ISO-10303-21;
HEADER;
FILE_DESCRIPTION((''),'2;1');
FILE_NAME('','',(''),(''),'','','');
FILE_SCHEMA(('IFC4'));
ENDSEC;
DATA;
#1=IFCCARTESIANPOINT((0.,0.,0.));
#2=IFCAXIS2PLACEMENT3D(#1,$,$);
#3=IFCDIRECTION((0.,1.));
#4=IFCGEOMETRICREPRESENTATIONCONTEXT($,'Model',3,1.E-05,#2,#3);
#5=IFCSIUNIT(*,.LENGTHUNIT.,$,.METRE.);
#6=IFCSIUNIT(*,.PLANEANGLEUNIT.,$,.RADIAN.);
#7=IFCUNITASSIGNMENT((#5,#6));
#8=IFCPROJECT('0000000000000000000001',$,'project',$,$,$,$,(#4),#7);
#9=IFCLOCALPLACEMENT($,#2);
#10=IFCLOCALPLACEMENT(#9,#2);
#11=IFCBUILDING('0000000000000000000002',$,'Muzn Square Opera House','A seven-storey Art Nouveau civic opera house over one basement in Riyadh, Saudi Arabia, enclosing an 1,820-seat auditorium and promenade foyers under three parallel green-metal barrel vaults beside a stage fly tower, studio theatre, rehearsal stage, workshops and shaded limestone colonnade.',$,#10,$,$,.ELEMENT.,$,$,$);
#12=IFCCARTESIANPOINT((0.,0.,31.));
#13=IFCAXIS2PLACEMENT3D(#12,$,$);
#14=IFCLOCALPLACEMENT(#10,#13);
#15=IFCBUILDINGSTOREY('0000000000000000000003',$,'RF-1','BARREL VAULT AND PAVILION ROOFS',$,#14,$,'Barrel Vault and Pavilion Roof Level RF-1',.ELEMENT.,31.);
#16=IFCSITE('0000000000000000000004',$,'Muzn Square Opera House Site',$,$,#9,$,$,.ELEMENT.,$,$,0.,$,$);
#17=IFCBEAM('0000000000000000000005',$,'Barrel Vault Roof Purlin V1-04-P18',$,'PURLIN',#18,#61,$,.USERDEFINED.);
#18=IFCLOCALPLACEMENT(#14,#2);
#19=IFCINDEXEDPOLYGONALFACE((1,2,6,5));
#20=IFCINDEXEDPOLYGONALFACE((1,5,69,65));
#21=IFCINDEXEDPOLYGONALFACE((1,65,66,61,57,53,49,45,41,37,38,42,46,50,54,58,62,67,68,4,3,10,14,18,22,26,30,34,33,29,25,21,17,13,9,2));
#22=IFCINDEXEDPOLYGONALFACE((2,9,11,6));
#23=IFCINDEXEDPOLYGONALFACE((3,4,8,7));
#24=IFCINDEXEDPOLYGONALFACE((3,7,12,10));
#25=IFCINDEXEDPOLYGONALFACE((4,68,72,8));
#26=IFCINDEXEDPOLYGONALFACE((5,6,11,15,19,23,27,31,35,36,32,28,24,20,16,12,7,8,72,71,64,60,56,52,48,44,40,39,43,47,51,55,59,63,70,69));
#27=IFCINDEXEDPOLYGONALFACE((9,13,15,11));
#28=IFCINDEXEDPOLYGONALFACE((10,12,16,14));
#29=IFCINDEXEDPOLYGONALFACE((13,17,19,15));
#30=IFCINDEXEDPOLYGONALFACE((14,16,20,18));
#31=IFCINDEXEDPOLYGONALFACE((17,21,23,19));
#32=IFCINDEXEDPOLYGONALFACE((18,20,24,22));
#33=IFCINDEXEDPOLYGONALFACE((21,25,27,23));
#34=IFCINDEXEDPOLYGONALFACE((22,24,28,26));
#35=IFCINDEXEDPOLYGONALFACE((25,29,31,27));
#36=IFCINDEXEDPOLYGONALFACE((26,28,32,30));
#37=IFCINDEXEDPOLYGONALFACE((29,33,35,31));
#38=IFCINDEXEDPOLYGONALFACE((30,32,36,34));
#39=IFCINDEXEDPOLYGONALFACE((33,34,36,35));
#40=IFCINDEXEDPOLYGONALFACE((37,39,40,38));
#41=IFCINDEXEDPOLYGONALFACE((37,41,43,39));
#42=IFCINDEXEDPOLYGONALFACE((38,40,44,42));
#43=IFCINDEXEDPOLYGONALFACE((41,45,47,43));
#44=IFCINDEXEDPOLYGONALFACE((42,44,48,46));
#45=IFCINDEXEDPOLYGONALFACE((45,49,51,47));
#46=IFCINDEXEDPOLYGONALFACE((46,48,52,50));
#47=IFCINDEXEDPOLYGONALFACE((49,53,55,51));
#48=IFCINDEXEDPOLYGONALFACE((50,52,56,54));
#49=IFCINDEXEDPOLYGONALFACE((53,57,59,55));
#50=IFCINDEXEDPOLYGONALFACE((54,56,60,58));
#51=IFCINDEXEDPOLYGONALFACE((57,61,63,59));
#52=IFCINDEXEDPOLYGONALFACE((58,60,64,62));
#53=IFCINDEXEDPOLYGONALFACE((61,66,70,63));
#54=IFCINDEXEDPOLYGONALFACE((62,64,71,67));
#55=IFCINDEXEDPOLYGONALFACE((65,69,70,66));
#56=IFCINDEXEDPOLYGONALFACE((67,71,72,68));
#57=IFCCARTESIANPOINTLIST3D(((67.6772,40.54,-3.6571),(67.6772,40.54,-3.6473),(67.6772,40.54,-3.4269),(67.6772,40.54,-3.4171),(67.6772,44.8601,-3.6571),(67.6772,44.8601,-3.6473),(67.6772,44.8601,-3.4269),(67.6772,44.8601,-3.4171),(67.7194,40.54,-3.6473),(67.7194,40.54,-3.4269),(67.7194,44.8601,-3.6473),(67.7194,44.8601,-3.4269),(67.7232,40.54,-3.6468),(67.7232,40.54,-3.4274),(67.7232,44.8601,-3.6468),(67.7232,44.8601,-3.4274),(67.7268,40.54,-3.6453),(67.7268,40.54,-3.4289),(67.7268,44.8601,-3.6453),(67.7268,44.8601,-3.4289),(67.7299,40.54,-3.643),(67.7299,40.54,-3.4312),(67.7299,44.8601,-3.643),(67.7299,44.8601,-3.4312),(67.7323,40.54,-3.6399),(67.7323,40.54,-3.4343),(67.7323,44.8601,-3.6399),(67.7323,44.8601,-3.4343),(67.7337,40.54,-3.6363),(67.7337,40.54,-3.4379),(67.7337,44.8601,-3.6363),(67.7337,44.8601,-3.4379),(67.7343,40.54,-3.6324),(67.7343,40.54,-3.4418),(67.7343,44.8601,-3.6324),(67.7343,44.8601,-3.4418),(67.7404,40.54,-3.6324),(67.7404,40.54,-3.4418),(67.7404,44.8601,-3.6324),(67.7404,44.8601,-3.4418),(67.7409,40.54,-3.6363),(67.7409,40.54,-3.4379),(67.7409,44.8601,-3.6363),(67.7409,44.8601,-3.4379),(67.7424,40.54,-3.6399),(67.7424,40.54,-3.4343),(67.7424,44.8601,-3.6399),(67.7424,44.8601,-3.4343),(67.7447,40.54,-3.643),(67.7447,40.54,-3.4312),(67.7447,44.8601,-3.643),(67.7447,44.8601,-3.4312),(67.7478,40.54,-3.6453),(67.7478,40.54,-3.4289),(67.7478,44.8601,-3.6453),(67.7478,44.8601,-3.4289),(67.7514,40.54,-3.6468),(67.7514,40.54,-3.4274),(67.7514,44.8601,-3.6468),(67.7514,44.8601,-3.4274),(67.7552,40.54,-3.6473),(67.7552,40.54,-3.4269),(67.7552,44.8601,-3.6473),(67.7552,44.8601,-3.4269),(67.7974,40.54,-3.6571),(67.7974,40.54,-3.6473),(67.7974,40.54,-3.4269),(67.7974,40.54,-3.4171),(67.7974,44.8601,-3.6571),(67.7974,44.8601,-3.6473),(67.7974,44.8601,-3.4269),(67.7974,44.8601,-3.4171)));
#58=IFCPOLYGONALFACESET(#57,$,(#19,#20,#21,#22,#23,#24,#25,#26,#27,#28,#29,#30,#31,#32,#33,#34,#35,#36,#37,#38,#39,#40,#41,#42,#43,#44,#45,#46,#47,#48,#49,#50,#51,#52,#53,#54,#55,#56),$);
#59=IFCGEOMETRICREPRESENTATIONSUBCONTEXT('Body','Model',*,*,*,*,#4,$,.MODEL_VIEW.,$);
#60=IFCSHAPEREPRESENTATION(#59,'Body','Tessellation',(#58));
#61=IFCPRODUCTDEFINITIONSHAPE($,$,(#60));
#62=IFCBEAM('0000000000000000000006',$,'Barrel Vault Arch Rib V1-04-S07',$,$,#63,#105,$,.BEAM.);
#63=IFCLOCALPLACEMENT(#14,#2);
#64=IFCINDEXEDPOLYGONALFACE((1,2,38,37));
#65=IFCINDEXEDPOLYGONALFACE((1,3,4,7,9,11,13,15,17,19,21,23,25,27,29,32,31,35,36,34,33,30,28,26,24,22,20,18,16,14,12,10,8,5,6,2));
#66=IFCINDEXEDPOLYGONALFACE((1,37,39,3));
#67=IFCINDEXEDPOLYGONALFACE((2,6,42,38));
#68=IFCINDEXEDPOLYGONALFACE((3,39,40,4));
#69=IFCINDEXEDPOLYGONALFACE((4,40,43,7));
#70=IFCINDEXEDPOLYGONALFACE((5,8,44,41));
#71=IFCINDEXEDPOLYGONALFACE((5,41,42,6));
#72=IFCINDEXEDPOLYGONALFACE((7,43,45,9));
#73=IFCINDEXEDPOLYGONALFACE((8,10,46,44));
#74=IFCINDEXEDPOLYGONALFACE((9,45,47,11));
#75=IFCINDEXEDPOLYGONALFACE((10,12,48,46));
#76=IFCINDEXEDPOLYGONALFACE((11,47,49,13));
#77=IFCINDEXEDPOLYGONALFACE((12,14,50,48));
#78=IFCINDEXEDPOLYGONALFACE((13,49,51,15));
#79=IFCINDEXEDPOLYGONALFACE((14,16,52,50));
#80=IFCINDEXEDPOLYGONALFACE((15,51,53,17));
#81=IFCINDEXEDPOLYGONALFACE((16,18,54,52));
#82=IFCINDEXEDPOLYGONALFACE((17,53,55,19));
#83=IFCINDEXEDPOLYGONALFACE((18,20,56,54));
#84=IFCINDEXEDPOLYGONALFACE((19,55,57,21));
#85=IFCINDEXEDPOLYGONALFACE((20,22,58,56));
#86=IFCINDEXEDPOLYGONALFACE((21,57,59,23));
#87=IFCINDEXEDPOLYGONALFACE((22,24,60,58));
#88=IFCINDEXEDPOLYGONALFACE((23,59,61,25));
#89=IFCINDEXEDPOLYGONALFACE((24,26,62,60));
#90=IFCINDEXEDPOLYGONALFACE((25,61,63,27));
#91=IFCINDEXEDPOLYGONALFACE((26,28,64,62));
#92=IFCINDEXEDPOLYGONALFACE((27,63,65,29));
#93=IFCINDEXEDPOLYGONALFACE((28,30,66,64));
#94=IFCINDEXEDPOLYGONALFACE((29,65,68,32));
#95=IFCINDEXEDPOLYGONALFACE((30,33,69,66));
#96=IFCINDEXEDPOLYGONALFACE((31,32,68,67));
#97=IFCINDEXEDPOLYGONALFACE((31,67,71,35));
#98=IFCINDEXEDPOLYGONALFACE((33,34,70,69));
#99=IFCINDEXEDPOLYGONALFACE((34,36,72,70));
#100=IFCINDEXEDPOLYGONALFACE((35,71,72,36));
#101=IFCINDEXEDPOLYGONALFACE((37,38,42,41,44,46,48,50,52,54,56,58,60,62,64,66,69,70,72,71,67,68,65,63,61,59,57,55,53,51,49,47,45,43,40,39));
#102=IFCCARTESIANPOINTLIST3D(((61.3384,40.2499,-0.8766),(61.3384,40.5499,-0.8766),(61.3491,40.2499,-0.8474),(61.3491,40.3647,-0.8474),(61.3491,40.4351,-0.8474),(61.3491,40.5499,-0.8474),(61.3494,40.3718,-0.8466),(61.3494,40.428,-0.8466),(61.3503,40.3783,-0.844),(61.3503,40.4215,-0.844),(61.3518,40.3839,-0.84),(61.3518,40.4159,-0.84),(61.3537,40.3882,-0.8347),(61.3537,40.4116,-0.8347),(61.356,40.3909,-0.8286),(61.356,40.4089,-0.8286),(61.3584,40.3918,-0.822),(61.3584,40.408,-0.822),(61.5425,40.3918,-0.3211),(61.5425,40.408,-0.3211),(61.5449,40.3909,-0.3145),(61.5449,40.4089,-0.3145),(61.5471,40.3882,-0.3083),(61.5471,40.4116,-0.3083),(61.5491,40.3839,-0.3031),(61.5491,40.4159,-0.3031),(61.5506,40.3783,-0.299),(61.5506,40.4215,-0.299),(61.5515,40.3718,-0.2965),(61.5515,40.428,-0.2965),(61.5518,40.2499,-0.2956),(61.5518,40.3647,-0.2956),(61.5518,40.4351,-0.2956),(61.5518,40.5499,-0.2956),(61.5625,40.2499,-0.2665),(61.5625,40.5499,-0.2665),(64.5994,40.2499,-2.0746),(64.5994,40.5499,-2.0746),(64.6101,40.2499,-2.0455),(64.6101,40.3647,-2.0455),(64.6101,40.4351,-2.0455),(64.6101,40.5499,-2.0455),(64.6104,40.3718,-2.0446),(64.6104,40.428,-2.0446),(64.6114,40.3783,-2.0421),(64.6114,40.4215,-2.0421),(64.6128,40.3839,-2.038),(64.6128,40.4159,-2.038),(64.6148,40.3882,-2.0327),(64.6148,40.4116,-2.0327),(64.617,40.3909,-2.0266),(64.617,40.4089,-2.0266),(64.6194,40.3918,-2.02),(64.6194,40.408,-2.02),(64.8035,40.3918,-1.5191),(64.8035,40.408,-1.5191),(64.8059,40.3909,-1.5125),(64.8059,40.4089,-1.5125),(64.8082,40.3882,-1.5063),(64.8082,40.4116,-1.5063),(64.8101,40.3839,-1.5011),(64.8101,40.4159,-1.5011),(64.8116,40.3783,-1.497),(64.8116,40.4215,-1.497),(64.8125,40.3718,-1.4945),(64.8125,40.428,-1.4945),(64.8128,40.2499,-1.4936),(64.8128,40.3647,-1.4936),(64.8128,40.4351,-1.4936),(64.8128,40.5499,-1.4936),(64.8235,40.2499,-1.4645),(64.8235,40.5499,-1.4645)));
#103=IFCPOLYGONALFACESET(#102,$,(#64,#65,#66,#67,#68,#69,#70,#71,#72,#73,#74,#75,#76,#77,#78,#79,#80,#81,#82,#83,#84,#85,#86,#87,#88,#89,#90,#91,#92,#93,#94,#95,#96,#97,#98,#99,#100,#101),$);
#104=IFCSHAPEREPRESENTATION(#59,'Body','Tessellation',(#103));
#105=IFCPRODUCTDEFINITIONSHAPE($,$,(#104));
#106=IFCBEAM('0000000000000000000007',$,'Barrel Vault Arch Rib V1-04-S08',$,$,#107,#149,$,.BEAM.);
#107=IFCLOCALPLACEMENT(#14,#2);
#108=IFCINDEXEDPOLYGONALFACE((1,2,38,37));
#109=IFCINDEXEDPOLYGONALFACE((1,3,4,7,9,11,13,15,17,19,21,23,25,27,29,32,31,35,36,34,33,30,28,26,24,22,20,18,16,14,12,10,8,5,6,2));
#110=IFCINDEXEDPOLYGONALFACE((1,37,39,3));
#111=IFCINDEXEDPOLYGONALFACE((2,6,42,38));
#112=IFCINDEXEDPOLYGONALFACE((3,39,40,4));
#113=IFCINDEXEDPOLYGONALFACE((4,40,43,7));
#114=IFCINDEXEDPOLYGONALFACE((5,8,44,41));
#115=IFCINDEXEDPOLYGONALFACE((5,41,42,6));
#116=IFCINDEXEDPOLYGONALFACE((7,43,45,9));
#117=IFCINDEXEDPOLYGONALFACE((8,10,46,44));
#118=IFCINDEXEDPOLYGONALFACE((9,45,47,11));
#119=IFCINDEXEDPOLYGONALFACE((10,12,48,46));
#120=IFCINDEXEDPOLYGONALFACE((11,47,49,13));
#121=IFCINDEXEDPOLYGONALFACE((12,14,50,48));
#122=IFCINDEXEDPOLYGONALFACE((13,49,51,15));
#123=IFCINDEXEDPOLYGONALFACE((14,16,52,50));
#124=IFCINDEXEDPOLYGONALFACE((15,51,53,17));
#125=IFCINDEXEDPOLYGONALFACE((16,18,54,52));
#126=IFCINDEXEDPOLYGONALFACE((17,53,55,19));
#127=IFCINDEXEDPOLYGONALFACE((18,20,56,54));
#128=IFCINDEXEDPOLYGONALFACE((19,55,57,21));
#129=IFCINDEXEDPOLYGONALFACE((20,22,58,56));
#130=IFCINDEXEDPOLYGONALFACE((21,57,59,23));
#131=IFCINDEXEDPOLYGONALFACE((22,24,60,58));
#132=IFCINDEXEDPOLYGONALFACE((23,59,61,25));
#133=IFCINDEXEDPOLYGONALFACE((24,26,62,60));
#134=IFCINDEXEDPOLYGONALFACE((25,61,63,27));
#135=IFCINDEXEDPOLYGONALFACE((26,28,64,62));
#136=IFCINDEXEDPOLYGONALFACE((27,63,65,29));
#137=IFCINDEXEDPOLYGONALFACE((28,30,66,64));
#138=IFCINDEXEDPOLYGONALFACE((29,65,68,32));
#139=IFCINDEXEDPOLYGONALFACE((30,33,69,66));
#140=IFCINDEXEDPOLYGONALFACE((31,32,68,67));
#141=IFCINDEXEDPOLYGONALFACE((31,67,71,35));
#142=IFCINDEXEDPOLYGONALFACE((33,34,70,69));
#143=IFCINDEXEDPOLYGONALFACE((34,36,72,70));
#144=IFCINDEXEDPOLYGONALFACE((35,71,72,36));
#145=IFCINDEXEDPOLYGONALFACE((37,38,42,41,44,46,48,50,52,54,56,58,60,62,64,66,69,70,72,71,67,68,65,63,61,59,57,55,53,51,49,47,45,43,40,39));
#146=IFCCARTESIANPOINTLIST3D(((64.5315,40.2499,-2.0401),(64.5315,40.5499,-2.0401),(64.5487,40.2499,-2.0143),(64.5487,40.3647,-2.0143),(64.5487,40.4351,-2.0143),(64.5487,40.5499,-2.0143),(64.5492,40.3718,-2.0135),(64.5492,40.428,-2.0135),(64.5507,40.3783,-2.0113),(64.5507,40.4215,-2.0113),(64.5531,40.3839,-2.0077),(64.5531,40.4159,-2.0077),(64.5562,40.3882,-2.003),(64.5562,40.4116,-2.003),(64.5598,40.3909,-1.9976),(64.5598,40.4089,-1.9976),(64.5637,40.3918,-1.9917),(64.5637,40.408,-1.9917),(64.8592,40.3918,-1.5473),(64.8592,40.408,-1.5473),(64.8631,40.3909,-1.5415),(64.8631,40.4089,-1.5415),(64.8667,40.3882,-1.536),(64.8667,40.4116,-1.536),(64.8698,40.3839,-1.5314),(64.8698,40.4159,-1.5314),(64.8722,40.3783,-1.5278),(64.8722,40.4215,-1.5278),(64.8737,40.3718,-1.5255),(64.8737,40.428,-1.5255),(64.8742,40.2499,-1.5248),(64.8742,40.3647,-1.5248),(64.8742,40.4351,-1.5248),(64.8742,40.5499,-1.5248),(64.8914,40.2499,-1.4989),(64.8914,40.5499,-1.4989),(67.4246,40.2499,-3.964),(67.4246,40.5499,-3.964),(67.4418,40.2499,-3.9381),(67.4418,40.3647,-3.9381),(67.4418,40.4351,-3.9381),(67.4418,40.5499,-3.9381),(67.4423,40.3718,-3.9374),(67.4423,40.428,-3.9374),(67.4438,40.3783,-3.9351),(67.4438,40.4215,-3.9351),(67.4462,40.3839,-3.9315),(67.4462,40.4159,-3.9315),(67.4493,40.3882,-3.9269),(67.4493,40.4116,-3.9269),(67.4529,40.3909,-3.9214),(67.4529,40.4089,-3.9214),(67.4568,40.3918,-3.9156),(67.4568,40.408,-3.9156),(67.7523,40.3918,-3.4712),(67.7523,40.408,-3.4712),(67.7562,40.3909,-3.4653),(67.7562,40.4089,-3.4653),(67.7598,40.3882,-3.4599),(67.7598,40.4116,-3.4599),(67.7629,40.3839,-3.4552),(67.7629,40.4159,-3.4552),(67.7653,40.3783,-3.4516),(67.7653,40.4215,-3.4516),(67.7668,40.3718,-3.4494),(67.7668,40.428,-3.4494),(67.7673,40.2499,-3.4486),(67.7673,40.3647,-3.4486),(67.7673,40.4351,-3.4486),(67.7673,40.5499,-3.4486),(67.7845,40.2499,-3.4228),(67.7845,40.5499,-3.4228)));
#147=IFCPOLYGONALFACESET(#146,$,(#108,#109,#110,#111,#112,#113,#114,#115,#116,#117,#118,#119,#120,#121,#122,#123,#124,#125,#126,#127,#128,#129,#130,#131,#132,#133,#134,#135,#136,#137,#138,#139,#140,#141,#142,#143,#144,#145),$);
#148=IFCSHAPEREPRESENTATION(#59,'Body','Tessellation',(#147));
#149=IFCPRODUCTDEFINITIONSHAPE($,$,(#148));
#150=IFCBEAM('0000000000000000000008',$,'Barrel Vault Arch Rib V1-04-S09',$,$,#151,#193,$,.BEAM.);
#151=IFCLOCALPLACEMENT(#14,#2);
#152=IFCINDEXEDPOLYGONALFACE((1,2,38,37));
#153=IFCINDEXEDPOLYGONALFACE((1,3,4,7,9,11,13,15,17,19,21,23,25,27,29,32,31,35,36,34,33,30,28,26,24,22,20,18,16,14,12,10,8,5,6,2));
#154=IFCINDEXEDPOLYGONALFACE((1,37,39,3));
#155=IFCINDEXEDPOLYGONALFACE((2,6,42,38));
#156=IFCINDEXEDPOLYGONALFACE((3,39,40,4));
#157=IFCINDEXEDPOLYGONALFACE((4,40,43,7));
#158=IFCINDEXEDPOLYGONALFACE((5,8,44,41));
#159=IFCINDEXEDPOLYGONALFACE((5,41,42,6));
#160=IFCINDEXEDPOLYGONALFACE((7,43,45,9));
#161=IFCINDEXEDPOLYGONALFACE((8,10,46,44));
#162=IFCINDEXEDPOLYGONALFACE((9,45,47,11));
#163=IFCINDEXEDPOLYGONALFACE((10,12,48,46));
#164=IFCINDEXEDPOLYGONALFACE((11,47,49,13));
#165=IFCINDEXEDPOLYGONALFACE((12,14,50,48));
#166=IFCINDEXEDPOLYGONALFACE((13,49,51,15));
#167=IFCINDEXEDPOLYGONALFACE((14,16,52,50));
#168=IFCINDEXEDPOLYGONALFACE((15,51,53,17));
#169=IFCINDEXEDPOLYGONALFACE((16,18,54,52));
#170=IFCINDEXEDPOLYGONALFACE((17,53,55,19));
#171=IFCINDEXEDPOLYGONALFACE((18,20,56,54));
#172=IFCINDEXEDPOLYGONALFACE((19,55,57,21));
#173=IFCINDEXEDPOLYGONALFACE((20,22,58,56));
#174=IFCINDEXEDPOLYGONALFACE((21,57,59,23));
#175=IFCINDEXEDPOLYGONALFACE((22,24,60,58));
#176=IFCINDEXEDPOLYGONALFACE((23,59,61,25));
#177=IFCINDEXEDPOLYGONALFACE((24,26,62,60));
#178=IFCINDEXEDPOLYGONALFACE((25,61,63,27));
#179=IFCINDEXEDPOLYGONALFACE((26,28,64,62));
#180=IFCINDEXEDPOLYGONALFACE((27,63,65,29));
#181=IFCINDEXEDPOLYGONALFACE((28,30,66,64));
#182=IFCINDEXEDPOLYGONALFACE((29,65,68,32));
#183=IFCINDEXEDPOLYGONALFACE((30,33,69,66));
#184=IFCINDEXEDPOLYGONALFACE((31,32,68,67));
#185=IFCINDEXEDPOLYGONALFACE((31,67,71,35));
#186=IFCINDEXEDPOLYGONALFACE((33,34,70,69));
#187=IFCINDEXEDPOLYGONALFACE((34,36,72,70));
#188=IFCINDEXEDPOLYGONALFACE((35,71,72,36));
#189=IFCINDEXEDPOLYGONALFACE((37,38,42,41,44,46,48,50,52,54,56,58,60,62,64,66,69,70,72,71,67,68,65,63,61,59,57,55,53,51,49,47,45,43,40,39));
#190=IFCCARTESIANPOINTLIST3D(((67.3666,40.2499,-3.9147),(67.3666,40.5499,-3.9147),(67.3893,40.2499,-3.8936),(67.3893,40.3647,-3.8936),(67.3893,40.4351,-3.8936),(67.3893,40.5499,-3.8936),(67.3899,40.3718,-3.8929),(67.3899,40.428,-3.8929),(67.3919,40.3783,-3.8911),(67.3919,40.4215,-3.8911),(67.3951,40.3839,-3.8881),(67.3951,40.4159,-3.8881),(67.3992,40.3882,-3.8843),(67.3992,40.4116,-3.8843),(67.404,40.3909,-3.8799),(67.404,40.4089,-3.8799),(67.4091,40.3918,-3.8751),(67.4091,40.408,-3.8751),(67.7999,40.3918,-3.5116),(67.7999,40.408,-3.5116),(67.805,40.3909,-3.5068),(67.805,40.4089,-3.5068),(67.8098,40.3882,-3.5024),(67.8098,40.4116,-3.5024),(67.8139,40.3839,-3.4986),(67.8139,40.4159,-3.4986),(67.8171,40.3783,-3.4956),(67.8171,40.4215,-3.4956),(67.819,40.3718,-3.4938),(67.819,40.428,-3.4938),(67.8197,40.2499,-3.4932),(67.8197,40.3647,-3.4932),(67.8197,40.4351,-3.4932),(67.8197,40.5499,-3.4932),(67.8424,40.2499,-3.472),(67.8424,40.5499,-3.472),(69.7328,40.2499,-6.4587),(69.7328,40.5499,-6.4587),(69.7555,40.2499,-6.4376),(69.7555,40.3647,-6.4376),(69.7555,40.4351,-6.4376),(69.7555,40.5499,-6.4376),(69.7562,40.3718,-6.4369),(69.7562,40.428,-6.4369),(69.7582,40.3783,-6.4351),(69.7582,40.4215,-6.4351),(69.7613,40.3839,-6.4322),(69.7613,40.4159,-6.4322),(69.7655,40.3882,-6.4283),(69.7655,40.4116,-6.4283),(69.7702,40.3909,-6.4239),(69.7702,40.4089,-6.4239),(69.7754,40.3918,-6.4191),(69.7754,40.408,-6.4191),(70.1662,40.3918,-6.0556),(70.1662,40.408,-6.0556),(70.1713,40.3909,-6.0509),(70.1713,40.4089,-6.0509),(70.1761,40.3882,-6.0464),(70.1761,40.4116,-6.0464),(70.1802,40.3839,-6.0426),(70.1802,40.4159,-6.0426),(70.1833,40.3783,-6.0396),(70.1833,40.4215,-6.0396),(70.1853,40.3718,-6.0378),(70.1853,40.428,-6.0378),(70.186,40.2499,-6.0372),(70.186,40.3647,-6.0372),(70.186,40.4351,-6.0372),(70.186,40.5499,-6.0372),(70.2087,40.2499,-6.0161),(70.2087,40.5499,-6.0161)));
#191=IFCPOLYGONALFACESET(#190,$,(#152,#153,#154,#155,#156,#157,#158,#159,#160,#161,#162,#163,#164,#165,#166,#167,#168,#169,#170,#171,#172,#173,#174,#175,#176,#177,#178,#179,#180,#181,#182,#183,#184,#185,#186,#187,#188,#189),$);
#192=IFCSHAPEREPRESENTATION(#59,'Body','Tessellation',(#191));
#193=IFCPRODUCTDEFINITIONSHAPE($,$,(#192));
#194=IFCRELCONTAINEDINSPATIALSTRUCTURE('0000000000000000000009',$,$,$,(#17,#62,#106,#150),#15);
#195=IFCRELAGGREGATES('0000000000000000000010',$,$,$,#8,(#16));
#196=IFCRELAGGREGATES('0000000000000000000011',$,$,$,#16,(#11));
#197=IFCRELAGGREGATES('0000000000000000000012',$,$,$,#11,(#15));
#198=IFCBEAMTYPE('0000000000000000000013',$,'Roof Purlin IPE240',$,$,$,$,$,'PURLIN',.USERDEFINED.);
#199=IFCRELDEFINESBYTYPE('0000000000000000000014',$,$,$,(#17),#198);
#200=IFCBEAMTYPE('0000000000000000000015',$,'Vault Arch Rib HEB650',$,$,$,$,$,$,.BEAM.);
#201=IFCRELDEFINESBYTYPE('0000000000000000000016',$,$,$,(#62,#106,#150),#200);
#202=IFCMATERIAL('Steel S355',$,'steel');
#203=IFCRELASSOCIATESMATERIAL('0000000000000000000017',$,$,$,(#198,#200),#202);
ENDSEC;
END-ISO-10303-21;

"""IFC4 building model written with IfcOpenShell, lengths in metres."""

from ifc_helpers import new_model, si_unit, direction, frame, origin, origin_2d, place, context, subcontext, project, spatial, i_section, extrude, material, material_profile, profile_set, type_object, element, save


model = new_model("IFC4")

# Units and contexts
model_context = context("Model", 3, precision=1e-05, world=origin(), true_north=direction((0.0, 1.0)))
body_context = subcontext(model_context, "Body", "Model", "MODEL_VIEW")
ifc_project = project(units=[si_unit("LENGTHUNIT", "METRE"), si_unit("PLANEANGLEUNIT", "RADIAN")], contexts=[model_context])

# Site, building, storey
site_placement = place(None, origin())
site = spatial("IfcSite", under=ifc_project, at=site_placement, Name="Muzn Square Opera House Site", CompositionType="ELEMENT", RefElevation=0.0)
building_placement = place(site_placement, origin())
building = spatial("IfcBuilding", under=site, at=building_placement, Name="Muzn Square Opera House", Description="A seven-storey Art Nouveau civic opera house over one basement in Riyadh, Saudi Arabia, enclosing an 1,820-seat auditorium and promenade foyers under three parallel green-metal barrel vaults beside a stage fly tower, studio theatre, rehearsal stage, workshops and shaded limestone colonnade.", CompositionType="ELEMENT")
storey_placement = place(building_placement, frame((0.0, 0.0, 31.0)))
storey = spatial("IfcBuildingStorey", under=building, at=storey_placement, Name="RF-1", Description="BARREL VAULT AND PAVILION ROOFS", LongName="Barrel Vault and Pavilion Roof Level RF-1", CompositionType="ELEMENT", Elevation=31.0)

# Beams
ifc_material_1 = material(Name="Steel S355", Category="steel")
ifc_material_profile_1 = material_profile(ifc_material_1, i_section(OverallWidth=0.1201, OverallDepth=0.24, WebThickness=0.0061, FlangeThickness=0.0098, FilletRadius=0.0149, at=origin_2d()), Name="IPE 240", Category="steel")
ifc_profile_set_1 = profile_set([ifc_material_profile_1], Name="Steel S355")
beam_type_1 = type_object("IfcBeamType", Name="Roof Purlin IPE240", ElementType="PURLIN", PredefinedType="USERDEFINED", material=ifc_profile_set_1)
for number, where, z_axis, x_axis, name in (
    (1, (67.7373, 40.54, -3.5371), (0.0, 1.0, 0.0), (-1.0, 0.0, 0.0), "Barrel Vault Roof Purlin V1-04-P18"),
):
    element("IfcBeam", number, at=place(storey_placement, frame(where, z_axis=z_axis, x_axis=x_axis)), inside=storey, type_object=beam_type_1, Name=name, ObjectType="PURLIN", PredefinedType="USERDEFINED", context=body_context, shape_type="SweptSolid", body=[
        extrude(i_section(OverallWidth=0.1201, OverallDepth=0.24, WebThickness=0.0061, FlangeThickness=0.0098, FilletRadius=0.0149, at=origin_2d()), origin(), (0.0, 0.0, 1.0), 4.3201),
    ])
ifc_material_profile_2 = material_profile(ifc_material_1, i_section(OverallWidth=0.3, OverallDepth=0.6499, WebThickness=0.0161, FlangeThickness=0.031, FilletRadius=0.0271, at=origin_2d()), Name="HEB 650", Category="steel")
ifc_profile_set_2 = profile_set([ifc_material_profile_2], Name="Steel S355")
beam_type_2 = type_object("IfcBeamType", Name="Vault Arch Rib HEB650", PredefinedType="BEAM", material=ifc_profile_set_2)
beam_1_placement = place(storey_placement, frame((61.4504, 40.3999, -0.5715), z_axis=(0.938662, 0.0, -0.344839), x_axis=(0.0, 1.0, 0.0)))
element("IfcBeam", 2, at=beam_1_placement, inside=storey, type_object=beam_type_2, Name="Barrel Vault Arch Rib V1-04-S07", PredefinedType="BEAM", context=body_context, shape_type="SweptSolid", body=[
    extrude(i_section(OverallWidth=0.3, OverallDepth=0.6499, WebThickness=0.0161, FlangeThickness=0.031, FilletRadius=0.0271, at=origin_2d()), origin(), (0.0, 0.0, 1.0), 3.4741),
])
for number, where, z_axis, x_axis, name in (
    (3, (64.7114, 40.3999, -1.7695), (0.832698, 0.0, -0.553727), (0.0, 1.0, 0.0), "Barrel Vault Arch Rib V1-04-S08"),
    (4, (67.6045, 40.3999, -3.6934), (0.681065, 0.0, -0.732223), (0.0, 1.0, 0.0), "Barrel Vault Arch Rib V1-04-S09"),
):
    element("IfcBeam", number, at=place(storey_placement, frame(where, z_axis=z_axis, x_axis=x_axis)), inside=storey, type_object=beam_type_2, Name=name, PredefinedType="BEAM", context=body_context, shape_type="SweptSolid", body=[
        extrude(i_section(OverallWidth=0.3, OverallDepth=0.6499, WebThickness=0.0161, FlangeThickness=0.031, FilletRadius=0.0271, at=origin_2d()), origin(), (0.0, 0.0, 1.0), 3.4744),
    ])

save(model, "model.ifc")
